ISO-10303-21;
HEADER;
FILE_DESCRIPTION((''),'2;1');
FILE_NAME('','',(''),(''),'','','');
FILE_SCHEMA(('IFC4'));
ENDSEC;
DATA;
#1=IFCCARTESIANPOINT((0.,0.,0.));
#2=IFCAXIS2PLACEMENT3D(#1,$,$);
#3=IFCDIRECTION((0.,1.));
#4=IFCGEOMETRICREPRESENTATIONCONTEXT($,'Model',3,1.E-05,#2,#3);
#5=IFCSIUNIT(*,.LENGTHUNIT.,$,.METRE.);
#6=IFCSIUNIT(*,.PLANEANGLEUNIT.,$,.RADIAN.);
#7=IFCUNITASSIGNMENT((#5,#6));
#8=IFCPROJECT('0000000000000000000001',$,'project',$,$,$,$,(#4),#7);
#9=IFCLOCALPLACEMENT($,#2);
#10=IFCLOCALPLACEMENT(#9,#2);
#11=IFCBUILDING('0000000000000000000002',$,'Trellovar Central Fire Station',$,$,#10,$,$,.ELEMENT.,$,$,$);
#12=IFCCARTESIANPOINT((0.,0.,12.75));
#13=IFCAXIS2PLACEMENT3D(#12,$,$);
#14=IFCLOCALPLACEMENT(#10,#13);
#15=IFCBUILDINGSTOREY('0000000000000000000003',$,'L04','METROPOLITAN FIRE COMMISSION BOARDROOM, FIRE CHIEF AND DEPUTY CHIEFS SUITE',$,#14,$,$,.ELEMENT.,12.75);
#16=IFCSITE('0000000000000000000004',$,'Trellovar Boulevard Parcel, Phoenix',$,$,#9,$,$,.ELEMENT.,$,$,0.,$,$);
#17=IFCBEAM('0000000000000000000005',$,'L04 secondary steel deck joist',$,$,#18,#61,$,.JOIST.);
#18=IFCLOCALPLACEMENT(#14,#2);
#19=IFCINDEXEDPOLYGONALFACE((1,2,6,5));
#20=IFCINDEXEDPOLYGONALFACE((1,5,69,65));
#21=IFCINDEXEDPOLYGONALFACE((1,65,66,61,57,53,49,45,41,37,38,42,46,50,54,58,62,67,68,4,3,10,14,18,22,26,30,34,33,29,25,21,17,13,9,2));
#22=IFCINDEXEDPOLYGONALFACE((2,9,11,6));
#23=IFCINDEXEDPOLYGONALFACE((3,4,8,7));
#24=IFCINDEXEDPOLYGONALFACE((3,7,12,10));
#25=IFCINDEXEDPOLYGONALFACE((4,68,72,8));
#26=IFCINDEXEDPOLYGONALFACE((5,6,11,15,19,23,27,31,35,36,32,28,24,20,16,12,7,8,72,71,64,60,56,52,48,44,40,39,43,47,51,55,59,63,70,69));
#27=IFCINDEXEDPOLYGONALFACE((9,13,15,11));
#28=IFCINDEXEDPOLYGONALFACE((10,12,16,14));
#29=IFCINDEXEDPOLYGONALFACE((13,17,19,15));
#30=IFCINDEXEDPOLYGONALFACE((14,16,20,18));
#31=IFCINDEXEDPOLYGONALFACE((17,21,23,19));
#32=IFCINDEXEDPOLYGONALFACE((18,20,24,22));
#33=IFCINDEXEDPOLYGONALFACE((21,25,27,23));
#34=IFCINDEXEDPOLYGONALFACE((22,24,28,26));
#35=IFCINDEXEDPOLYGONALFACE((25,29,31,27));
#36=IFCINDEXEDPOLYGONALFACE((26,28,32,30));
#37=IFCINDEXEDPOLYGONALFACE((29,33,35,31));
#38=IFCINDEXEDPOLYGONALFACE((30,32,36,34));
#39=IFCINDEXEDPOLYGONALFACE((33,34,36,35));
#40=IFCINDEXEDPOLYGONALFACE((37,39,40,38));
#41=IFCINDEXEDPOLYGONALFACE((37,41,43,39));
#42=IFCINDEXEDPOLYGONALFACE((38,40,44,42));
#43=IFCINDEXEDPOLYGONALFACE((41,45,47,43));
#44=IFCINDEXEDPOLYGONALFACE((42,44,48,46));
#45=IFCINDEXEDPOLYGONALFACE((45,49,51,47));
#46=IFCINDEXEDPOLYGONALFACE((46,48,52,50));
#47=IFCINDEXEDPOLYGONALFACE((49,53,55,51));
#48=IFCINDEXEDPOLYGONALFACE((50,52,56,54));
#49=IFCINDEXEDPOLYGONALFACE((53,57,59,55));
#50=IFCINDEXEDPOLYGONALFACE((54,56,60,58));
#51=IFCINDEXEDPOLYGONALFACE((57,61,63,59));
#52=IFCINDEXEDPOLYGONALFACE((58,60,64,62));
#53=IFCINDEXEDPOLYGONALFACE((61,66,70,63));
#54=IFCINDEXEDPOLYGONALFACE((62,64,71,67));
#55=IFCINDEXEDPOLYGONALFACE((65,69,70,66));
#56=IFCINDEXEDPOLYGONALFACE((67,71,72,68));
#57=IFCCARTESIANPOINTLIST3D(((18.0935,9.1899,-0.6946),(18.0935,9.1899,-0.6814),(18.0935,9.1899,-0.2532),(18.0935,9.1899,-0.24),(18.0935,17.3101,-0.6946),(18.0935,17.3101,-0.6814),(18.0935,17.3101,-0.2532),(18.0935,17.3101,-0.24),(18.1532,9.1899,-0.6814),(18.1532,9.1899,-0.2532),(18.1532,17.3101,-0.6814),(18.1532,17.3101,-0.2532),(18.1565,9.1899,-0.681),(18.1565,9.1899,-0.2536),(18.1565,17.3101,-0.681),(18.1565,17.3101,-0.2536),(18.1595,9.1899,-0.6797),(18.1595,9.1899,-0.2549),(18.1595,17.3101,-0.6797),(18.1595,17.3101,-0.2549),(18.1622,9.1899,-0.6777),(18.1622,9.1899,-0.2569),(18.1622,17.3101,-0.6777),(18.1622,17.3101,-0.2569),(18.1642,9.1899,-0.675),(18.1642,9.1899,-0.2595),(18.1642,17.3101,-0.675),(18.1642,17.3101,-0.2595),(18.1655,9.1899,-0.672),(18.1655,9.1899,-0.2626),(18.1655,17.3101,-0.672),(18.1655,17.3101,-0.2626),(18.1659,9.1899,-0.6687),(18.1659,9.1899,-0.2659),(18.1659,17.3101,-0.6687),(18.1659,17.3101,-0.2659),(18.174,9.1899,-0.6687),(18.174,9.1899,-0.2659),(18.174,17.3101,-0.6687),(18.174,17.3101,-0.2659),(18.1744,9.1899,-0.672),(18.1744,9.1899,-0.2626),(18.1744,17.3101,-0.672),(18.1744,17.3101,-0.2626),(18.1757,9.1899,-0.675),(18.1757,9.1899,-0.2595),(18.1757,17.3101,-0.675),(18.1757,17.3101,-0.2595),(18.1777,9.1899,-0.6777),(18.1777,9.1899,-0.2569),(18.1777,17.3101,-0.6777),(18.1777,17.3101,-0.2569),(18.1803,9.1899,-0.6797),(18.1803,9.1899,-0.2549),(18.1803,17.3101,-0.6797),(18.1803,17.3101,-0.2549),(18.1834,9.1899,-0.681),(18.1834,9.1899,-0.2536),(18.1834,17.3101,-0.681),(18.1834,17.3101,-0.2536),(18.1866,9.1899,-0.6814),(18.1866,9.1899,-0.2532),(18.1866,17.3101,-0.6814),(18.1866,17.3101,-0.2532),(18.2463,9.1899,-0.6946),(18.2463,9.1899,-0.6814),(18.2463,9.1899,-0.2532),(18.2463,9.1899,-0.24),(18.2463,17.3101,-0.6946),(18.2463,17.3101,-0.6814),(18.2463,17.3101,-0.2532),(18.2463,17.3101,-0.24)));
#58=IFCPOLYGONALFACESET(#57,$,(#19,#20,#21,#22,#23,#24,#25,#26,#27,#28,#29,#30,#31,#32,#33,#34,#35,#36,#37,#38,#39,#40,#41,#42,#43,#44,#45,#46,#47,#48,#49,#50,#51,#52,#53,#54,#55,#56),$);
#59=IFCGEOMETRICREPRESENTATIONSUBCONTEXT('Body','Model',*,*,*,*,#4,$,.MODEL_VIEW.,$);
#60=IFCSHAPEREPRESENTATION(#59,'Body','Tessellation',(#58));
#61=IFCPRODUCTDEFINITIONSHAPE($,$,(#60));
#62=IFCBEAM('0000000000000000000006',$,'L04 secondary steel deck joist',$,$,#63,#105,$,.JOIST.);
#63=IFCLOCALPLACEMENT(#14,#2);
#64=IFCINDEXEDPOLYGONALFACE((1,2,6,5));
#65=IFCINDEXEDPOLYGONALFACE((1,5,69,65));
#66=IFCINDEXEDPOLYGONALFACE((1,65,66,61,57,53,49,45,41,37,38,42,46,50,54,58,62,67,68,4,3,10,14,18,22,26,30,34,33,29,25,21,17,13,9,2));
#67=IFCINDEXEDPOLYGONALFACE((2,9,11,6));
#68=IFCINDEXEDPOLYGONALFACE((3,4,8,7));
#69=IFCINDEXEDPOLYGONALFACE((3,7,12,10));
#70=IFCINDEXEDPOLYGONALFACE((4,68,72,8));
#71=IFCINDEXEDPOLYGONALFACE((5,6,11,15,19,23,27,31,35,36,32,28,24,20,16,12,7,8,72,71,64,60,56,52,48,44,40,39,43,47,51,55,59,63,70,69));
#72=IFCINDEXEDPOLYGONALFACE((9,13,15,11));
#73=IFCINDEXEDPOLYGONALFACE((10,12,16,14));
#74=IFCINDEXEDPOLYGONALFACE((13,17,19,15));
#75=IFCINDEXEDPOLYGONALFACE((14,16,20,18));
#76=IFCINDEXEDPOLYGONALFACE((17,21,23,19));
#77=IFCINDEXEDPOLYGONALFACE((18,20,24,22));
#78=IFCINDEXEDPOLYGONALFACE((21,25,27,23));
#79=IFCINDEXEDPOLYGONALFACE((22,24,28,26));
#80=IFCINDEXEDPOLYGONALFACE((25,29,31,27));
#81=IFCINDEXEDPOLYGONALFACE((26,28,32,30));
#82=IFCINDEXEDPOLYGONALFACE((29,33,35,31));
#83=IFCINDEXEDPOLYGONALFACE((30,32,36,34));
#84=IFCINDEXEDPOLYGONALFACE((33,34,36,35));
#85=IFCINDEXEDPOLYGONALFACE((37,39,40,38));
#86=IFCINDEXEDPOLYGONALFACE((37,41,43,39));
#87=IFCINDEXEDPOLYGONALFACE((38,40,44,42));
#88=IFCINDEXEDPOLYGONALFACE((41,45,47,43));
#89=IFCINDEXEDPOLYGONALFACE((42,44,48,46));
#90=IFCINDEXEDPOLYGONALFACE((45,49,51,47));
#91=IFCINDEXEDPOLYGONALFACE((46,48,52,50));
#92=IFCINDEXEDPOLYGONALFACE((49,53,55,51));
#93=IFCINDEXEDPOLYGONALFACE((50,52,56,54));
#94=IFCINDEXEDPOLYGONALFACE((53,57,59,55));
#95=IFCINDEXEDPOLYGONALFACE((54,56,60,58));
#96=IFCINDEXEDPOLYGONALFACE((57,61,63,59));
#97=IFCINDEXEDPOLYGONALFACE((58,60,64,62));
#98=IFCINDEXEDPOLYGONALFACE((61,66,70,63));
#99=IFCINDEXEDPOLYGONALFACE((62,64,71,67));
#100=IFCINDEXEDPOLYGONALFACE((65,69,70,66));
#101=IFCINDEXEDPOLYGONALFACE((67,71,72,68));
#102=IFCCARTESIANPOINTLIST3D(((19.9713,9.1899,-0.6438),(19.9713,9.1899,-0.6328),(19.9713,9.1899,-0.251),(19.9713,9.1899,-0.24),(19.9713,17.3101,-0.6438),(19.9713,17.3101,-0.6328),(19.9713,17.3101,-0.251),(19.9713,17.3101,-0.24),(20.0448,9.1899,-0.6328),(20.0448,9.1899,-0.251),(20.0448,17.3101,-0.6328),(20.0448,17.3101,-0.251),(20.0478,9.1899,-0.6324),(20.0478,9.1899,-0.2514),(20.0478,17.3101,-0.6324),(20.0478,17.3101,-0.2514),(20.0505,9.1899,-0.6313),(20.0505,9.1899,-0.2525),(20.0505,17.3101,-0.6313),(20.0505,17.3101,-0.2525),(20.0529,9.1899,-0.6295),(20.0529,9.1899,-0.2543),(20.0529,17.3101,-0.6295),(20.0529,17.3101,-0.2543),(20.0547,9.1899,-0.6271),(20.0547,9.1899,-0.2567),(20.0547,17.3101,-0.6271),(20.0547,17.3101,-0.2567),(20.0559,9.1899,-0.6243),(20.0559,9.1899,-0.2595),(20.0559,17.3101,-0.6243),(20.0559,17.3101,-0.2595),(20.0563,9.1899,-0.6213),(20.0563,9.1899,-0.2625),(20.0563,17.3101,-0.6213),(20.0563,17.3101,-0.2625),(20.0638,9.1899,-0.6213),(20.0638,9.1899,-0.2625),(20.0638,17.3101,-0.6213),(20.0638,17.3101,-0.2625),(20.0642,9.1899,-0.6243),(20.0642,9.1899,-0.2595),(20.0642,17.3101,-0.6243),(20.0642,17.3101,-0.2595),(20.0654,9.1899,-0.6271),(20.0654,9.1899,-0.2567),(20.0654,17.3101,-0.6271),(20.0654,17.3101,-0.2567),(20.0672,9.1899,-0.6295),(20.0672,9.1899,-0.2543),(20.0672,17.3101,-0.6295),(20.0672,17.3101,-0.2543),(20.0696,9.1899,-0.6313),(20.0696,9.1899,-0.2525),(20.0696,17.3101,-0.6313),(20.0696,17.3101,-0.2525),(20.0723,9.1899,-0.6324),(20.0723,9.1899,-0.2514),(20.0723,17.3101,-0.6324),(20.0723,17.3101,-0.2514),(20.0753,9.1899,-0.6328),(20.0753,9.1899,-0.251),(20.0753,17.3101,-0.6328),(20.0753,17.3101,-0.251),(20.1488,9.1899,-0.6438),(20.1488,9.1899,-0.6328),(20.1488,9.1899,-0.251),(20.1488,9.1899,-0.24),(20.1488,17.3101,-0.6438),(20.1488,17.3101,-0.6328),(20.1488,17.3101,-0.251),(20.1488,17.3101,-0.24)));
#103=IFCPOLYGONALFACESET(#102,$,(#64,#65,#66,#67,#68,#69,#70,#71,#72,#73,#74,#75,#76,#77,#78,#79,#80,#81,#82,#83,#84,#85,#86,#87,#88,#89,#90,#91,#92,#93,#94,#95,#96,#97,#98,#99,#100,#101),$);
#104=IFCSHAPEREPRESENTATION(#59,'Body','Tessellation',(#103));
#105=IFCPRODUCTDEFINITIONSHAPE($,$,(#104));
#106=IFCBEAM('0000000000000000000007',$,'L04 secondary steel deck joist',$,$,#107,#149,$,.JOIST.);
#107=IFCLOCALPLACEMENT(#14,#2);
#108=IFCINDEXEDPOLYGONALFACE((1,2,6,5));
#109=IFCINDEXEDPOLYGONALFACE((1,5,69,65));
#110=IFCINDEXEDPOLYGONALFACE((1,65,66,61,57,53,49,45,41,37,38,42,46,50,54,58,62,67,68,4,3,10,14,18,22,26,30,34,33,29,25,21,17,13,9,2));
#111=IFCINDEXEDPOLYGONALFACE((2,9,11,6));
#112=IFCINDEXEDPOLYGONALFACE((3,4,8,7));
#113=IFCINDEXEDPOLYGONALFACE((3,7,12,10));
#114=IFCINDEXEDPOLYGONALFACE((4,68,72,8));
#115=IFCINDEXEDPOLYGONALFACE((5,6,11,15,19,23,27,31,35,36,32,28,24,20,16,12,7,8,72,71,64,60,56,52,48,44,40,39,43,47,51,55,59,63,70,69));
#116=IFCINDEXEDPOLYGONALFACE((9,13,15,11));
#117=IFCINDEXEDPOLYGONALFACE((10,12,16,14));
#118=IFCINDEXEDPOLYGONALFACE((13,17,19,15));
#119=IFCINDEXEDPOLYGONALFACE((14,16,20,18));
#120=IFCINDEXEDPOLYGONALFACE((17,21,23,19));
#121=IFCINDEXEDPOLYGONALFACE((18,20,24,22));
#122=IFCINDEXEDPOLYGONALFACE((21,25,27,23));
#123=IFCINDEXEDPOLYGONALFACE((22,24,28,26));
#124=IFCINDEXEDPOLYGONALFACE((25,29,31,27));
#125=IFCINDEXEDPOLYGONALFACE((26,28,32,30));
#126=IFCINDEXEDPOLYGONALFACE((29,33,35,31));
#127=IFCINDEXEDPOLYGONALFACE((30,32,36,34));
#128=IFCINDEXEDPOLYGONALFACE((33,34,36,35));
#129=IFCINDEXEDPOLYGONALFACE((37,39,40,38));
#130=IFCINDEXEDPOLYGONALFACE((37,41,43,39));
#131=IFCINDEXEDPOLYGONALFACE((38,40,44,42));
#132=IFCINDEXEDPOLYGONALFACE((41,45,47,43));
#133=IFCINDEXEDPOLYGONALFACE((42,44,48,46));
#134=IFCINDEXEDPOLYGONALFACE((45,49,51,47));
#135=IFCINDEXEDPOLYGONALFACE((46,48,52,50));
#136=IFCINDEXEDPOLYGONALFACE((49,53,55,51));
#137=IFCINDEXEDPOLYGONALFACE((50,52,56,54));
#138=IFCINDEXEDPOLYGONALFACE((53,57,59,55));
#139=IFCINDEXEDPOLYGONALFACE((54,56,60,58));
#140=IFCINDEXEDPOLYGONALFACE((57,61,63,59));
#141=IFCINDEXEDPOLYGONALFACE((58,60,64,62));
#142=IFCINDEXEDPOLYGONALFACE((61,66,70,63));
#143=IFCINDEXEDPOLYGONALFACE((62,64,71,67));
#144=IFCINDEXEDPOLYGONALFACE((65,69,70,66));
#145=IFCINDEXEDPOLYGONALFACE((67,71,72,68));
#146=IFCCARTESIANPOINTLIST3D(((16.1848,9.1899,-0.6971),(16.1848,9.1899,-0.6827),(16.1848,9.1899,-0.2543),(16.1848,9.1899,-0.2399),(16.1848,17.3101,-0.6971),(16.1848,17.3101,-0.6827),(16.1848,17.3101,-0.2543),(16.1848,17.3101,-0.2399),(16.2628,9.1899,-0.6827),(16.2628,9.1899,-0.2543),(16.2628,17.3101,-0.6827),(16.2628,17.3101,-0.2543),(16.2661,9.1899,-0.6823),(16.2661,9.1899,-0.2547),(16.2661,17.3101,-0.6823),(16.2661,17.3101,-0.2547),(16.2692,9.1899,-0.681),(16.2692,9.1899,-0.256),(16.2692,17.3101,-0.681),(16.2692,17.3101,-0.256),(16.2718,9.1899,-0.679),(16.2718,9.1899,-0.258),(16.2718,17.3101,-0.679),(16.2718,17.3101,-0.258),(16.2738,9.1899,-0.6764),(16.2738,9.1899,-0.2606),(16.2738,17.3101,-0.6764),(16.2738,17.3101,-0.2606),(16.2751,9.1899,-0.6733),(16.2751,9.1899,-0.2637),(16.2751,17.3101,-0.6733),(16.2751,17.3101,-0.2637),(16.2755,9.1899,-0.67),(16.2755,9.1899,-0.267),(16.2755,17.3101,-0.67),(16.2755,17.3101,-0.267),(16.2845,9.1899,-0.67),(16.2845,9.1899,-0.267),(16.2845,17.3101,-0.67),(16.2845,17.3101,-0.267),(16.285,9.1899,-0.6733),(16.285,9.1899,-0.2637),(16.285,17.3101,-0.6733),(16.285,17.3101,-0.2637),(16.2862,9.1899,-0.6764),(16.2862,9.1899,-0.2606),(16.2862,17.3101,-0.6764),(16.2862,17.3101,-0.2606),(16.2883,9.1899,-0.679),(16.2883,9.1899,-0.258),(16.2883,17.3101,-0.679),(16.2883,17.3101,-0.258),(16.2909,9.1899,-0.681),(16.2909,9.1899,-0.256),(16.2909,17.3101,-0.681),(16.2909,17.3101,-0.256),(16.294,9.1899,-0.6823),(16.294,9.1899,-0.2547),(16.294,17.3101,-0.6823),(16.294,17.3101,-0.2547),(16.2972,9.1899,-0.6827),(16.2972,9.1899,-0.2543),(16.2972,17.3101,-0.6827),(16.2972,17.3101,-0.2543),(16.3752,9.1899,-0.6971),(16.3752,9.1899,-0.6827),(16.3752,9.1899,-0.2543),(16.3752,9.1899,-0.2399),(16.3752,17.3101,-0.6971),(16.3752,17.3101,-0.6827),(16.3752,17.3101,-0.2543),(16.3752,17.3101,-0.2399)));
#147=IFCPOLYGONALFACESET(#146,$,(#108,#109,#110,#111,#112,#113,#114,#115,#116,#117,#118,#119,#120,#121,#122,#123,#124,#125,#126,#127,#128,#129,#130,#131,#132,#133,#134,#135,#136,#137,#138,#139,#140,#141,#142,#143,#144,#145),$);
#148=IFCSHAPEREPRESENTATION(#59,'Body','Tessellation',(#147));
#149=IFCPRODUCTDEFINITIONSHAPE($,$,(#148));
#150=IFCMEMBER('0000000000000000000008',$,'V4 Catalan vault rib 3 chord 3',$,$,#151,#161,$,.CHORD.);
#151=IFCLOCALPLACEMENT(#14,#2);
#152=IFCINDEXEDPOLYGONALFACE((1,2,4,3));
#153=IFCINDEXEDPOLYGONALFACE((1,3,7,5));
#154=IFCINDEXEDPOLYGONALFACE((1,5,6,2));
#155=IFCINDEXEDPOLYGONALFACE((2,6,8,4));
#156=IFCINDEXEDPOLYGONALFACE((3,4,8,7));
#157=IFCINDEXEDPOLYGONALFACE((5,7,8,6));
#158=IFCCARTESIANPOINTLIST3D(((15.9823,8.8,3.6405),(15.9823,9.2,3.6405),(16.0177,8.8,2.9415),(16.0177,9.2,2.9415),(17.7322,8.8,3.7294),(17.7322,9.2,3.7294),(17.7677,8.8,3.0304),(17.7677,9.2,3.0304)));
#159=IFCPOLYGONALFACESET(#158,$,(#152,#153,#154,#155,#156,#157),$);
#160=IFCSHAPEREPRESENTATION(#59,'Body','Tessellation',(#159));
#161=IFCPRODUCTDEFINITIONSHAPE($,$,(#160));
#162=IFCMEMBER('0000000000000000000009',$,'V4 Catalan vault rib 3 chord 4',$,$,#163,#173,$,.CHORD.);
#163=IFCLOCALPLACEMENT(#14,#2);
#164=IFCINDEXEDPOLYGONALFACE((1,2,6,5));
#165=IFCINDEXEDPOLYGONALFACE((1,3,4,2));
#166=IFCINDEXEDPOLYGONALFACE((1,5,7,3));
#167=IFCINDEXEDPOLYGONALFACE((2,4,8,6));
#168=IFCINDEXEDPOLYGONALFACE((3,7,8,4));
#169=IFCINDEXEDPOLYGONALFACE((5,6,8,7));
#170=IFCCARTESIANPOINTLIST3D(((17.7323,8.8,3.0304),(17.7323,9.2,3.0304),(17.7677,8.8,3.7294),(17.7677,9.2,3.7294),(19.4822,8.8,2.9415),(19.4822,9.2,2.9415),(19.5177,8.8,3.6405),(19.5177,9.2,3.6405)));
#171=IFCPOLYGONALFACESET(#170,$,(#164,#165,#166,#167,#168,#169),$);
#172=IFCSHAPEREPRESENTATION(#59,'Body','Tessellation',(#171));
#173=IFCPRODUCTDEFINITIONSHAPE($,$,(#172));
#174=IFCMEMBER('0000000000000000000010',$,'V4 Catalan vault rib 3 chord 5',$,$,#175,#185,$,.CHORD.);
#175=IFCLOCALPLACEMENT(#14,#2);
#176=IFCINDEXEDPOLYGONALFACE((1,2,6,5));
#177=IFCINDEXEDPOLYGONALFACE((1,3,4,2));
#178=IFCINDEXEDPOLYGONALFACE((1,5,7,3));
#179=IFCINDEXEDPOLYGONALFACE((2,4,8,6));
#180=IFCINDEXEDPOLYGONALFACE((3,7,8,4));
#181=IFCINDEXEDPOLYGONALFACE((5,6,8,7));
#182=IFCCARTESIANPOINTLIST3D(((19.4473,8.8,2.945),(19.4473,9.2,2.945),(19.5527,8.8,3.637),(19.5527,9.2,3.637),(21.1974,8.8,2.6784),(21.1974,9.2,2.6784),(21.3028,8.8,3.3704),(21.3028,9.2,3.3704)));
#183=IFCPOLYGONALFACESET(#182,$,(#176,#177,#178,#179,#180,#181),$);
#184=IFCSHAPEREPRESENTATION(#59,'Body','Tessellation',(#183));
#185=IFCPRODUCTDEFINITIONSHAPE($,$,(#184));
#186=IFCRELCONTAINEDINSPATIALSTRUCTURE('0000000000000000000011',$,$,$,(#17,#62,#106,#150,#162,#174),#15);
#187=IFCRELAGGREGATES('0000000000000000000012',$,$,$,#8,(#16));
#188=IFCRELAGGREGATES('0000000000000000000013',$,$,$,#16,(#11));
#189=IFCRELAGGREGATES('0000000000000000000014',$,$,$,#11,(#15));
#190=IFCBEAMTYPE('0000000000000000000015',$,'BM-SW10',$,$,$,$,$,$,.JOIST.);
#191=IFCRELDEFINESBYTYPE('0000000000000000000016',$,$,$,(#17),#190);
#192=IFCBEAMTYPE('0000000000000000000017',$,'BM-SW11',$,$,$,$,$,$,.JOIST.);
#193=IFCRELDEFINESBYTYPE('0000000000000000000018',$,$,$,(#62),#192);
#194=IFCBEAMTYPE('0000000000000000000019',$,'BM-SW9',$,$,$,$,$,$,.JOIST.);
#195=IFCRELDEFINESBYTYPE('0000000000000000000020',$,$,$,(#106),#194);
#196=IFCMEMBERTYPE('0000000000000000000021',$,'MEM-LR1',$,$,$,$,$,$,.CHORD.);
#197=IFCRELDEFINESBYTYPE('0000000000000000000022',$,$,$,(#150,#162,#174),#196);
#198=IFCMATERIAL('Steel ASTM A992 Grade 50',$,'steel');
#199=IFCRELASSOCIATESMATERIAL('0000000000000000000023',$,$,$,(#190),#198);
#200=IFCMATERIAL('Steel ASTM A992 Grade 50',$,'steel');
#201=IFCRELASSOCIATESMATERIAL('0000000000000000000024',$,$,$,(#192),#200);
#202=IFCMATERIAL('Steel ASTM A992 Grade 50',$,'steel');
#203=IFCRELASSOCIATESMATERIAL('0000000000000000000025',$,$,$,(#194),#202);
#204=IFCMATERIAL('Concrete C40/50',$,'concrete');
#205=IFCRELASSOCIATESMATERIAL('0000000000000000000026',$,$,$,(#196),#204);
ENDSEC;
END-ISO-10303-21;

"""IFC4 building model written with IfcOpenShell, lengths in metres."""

from ifc_helpers import new_model, si_unit, direction, frame, origin, origin_2d, place, context, subcontext, project, spatial, rectangle, i_section, extrude, material, material_profile, profile_set, type_object, element, save


model = new_model("IFC4")

# Units and contexts
model_context = context("Model", 3, precision=1e-05, world=origin(), true_north=direction((0.0, 1.0)))
body_context = subcontext(model_context, "Body", "Model", "MODEL_VIEW")
ifc_project = project(units=[si_unit("LENGTHUNIT", "METRE"), si_unit("PLANEANGLEUNIT", "RADIAN")], contexts=[model_context])

# Site, building, storey
site_placement = place(None, origin())
site = spatial("IfcSite", under=ifc_project, at=site_placement, Name="Trellovar Boulevard Parcel, Phoenix", CompositionType="ELEMENT", RefElevation=0.0)
building_placement = place(site_placement, origin())
building = spatial("IfcBuilding", under=site, at=building_placement, Name="Trellovar Central Fire Station", CompositionType="ELEMENT")
storey_placement = place(building_placement, frame((0.0, 0.0, 12.75)))
storey = spatial("IfcBuildingStorey", under=building, at=storey_placement, Name="L04", Description="METROPOLITAN FIRE COMMISSION BOARDROOM, FIRE CHIEF AND DEPUTY CHIEFS SUITE", CompositionType="ELEMENT", Elevation=12.75)

# Beams
ifc_material_1 = material(Name="Steel ASTM A992 Grade 50", Category="steel")
ifc_material_profile_1 = material_profile(ifc_material_1, i_section(OverallWidth=0.1528, OverallDepth=0.4546, WebThickness=0.0081, FlangeThickness=0.0132, FilletRadius=0.0127, at=origin_2d()), Name="W18X40")
ifc_profile_set_1 = profile_set([ifc_material_profile_1], Name="Steel ASTM A992 Grade 50")
beam_type_1 = type_object("IfcBeamType", Name="BM-SW10", PredefinedType="JOIST", material=ifc_profile_set_1)
beam_1_placement = place(storey_placement, frame((18.1699, 9.1899, -0.4673), z_axis=(0.0, 1.0, 0.0), x_axis=(-1.0, 0.0, 0.0)))
element("IfcBeam", 1, at=beam_1_placement, inside=storey, type_object=beam_type_1, Name="L04 secondary steel deck joist", PredefinedType="JOIST", context=body_context, shape_type="SweptSolid", body=[
    extrude(i_section(OverallWidth=0.1528, OverallDepth=0.4546, WebThickness=0.0081, FlangeThickness=0.0132, FilletRadius=0.0127, at=origin_2d()), origin(), (0.0, 0.0, 1.0), 8.1201),
])
ifc_material_2 = material(Name="Steel ASTM A992 Grade 50", Category="steel")
ifc_material_profile_2 = material_profile(ifc_material_2, i_section(OverallWidth=0.1775, OverallDepth=0.4038, WebThickness=0.0076, FlangeThickness=0.011, FilletRadius=0.0115, at=origin_2d()), Name="W16X36")
ifc_profile_set_2 = profile_set([ifc_material_profile_2], Name="Steel ASTM A992 Grade 50")
beam_type_2 = type_object("IfcBeamType", Name="BM-SW11", PredefinedType="JOIST", material=ifc_profile_set_2)
beam_2_placement = place(storey_placement, frame((20.0601, 9.1899, -0.4419), z_axis=(0.0, 1.0, 0.0), x_axis=(-1.0, 0.0, 0.0)))
element("IfcBeam", 2, at=beam_2_placement, inside=storey, type_object=beam_type_2, Name="L04 secondary steel deck joist", PredefinedType="JOIST", context=body_context, shape_type="SweptSolid", body=[
    extrude(i_section(OverallWidth=0.1775, OverallDepth=0.4038, WebThickness=0.0076, FlangeThickness=0.011, FilletRadius=0.0115, at=origin_2d()), origin(), (0.0, 0.0, 1.0), 8.1201),
])
ifc_material_3 = material(Name="Steel ASTM A992 Grade 50", Category="steel")
ifc_material_profile_3 = material_profile(ifc_material_3, i_section(OverallWidth=0.1904, OverallDepth=0.4573, WebThickness=0.009, FlangeThickness=0.0144, FilletRadius=0.0127, at=origin_2d()), Name="W18X50")
ifc_profile_set_3 = profile_set([ifc_material_profile_3], Name="Steel ASTM A992 Grade 50")
beam_type_3 = type_object("IfcBeamType", Name="BM-SW9", PredefinedType="JOIST", material=ifc_profile_set_3)
beam_3_placement = place(storey_placement, frame((16.28, 9.1899, -0.4685), z_axis=(0.0, 1.0, 0.0), x_axis=(-1.0, 0.0, 0.0)))
element("IfcBeam", 3, at=beam_3_placement, inside=storey, type_object=beam_type_3, Name="L04 secondary steel deck joist", PredefinedType="JOIST", context=body_context, shape_type="SweptSolid", body=[
    extrude(i_section(OverallWidth=0.1904, OverallDepth=0.4573, WebThickness=0.009, FlangeThickness=0.0144, FilletRadius=0.0127, at=origin_2d()), origin(), (0.0, 0.0, 1.0), 8.1201),
])

# Members
ifc_material_4 = material(Name="Concrete C40/50", Category="concrete")
ifc_material_profile_4 = material_profile(ifc_material_4, rectangle(XDim=0.3999, YDim=0.7, at=origin_2d()), Name="RC400X700")
ifc_profile_set_4 = profile_set([ifc_material_profile_4], Name="Concrete C40/50")
member_type_1 = type_object("IfcMemberType", Name="MEM-LR1", PredefinedType="CHORD", material=ifc_profile_set_4)
for number, where, z_axis, x_axis, name in (
    (4, (16.0, 9.0, 3.291), (0.998713, 0.0, 0.050716), (0.0, 1.0, 0.0), "V4 Catalan vault rib 3 chord 3"),
    (5, (17.75, 9.0, 3.3799), (0.998713, 0.0, -0.050716), (0.0, 1.0, 0.0), "V4 Catalan vault rib 3 chord 4"),
):
    element("IfcMember", number, at=place(storey_placement, frame(where, z_axis=z_axis, x_axis=x_axis)), inside=storey, type_object=member_type_1, Name=name, PredefinedType="CHORD", context=body_context, shape_type="SweptSolid", body=[
        extrude(rectangle(XDim=0.3999, YDim=0.7, at=origin_2d()), origin(), (0.0, 0.0, 1.0), 1.7522),
    ])
member_1_placement = place(storey_placement, frame((19.5, 9.0, 3.291), z_axis=(0.988594, 0.0, -0.150606), x_axis=(0.0, 1.0, 0.0)))
element("IfcMember", 6, at=member_1_placement, inside=storey, type_object=member_type_1, Name="V4 Catalan vault rib 3 chord 5", PredefinedType="CHORD", context=body_context, shape_type="SweptSolid", body=[
    extrude(rectangle(XDim=0.3999, YDim=0.7, at=origin_2d()), origin(), (0.0, 0.0, 1.0), 1.7703),
])

save(model, "model.ifc")
